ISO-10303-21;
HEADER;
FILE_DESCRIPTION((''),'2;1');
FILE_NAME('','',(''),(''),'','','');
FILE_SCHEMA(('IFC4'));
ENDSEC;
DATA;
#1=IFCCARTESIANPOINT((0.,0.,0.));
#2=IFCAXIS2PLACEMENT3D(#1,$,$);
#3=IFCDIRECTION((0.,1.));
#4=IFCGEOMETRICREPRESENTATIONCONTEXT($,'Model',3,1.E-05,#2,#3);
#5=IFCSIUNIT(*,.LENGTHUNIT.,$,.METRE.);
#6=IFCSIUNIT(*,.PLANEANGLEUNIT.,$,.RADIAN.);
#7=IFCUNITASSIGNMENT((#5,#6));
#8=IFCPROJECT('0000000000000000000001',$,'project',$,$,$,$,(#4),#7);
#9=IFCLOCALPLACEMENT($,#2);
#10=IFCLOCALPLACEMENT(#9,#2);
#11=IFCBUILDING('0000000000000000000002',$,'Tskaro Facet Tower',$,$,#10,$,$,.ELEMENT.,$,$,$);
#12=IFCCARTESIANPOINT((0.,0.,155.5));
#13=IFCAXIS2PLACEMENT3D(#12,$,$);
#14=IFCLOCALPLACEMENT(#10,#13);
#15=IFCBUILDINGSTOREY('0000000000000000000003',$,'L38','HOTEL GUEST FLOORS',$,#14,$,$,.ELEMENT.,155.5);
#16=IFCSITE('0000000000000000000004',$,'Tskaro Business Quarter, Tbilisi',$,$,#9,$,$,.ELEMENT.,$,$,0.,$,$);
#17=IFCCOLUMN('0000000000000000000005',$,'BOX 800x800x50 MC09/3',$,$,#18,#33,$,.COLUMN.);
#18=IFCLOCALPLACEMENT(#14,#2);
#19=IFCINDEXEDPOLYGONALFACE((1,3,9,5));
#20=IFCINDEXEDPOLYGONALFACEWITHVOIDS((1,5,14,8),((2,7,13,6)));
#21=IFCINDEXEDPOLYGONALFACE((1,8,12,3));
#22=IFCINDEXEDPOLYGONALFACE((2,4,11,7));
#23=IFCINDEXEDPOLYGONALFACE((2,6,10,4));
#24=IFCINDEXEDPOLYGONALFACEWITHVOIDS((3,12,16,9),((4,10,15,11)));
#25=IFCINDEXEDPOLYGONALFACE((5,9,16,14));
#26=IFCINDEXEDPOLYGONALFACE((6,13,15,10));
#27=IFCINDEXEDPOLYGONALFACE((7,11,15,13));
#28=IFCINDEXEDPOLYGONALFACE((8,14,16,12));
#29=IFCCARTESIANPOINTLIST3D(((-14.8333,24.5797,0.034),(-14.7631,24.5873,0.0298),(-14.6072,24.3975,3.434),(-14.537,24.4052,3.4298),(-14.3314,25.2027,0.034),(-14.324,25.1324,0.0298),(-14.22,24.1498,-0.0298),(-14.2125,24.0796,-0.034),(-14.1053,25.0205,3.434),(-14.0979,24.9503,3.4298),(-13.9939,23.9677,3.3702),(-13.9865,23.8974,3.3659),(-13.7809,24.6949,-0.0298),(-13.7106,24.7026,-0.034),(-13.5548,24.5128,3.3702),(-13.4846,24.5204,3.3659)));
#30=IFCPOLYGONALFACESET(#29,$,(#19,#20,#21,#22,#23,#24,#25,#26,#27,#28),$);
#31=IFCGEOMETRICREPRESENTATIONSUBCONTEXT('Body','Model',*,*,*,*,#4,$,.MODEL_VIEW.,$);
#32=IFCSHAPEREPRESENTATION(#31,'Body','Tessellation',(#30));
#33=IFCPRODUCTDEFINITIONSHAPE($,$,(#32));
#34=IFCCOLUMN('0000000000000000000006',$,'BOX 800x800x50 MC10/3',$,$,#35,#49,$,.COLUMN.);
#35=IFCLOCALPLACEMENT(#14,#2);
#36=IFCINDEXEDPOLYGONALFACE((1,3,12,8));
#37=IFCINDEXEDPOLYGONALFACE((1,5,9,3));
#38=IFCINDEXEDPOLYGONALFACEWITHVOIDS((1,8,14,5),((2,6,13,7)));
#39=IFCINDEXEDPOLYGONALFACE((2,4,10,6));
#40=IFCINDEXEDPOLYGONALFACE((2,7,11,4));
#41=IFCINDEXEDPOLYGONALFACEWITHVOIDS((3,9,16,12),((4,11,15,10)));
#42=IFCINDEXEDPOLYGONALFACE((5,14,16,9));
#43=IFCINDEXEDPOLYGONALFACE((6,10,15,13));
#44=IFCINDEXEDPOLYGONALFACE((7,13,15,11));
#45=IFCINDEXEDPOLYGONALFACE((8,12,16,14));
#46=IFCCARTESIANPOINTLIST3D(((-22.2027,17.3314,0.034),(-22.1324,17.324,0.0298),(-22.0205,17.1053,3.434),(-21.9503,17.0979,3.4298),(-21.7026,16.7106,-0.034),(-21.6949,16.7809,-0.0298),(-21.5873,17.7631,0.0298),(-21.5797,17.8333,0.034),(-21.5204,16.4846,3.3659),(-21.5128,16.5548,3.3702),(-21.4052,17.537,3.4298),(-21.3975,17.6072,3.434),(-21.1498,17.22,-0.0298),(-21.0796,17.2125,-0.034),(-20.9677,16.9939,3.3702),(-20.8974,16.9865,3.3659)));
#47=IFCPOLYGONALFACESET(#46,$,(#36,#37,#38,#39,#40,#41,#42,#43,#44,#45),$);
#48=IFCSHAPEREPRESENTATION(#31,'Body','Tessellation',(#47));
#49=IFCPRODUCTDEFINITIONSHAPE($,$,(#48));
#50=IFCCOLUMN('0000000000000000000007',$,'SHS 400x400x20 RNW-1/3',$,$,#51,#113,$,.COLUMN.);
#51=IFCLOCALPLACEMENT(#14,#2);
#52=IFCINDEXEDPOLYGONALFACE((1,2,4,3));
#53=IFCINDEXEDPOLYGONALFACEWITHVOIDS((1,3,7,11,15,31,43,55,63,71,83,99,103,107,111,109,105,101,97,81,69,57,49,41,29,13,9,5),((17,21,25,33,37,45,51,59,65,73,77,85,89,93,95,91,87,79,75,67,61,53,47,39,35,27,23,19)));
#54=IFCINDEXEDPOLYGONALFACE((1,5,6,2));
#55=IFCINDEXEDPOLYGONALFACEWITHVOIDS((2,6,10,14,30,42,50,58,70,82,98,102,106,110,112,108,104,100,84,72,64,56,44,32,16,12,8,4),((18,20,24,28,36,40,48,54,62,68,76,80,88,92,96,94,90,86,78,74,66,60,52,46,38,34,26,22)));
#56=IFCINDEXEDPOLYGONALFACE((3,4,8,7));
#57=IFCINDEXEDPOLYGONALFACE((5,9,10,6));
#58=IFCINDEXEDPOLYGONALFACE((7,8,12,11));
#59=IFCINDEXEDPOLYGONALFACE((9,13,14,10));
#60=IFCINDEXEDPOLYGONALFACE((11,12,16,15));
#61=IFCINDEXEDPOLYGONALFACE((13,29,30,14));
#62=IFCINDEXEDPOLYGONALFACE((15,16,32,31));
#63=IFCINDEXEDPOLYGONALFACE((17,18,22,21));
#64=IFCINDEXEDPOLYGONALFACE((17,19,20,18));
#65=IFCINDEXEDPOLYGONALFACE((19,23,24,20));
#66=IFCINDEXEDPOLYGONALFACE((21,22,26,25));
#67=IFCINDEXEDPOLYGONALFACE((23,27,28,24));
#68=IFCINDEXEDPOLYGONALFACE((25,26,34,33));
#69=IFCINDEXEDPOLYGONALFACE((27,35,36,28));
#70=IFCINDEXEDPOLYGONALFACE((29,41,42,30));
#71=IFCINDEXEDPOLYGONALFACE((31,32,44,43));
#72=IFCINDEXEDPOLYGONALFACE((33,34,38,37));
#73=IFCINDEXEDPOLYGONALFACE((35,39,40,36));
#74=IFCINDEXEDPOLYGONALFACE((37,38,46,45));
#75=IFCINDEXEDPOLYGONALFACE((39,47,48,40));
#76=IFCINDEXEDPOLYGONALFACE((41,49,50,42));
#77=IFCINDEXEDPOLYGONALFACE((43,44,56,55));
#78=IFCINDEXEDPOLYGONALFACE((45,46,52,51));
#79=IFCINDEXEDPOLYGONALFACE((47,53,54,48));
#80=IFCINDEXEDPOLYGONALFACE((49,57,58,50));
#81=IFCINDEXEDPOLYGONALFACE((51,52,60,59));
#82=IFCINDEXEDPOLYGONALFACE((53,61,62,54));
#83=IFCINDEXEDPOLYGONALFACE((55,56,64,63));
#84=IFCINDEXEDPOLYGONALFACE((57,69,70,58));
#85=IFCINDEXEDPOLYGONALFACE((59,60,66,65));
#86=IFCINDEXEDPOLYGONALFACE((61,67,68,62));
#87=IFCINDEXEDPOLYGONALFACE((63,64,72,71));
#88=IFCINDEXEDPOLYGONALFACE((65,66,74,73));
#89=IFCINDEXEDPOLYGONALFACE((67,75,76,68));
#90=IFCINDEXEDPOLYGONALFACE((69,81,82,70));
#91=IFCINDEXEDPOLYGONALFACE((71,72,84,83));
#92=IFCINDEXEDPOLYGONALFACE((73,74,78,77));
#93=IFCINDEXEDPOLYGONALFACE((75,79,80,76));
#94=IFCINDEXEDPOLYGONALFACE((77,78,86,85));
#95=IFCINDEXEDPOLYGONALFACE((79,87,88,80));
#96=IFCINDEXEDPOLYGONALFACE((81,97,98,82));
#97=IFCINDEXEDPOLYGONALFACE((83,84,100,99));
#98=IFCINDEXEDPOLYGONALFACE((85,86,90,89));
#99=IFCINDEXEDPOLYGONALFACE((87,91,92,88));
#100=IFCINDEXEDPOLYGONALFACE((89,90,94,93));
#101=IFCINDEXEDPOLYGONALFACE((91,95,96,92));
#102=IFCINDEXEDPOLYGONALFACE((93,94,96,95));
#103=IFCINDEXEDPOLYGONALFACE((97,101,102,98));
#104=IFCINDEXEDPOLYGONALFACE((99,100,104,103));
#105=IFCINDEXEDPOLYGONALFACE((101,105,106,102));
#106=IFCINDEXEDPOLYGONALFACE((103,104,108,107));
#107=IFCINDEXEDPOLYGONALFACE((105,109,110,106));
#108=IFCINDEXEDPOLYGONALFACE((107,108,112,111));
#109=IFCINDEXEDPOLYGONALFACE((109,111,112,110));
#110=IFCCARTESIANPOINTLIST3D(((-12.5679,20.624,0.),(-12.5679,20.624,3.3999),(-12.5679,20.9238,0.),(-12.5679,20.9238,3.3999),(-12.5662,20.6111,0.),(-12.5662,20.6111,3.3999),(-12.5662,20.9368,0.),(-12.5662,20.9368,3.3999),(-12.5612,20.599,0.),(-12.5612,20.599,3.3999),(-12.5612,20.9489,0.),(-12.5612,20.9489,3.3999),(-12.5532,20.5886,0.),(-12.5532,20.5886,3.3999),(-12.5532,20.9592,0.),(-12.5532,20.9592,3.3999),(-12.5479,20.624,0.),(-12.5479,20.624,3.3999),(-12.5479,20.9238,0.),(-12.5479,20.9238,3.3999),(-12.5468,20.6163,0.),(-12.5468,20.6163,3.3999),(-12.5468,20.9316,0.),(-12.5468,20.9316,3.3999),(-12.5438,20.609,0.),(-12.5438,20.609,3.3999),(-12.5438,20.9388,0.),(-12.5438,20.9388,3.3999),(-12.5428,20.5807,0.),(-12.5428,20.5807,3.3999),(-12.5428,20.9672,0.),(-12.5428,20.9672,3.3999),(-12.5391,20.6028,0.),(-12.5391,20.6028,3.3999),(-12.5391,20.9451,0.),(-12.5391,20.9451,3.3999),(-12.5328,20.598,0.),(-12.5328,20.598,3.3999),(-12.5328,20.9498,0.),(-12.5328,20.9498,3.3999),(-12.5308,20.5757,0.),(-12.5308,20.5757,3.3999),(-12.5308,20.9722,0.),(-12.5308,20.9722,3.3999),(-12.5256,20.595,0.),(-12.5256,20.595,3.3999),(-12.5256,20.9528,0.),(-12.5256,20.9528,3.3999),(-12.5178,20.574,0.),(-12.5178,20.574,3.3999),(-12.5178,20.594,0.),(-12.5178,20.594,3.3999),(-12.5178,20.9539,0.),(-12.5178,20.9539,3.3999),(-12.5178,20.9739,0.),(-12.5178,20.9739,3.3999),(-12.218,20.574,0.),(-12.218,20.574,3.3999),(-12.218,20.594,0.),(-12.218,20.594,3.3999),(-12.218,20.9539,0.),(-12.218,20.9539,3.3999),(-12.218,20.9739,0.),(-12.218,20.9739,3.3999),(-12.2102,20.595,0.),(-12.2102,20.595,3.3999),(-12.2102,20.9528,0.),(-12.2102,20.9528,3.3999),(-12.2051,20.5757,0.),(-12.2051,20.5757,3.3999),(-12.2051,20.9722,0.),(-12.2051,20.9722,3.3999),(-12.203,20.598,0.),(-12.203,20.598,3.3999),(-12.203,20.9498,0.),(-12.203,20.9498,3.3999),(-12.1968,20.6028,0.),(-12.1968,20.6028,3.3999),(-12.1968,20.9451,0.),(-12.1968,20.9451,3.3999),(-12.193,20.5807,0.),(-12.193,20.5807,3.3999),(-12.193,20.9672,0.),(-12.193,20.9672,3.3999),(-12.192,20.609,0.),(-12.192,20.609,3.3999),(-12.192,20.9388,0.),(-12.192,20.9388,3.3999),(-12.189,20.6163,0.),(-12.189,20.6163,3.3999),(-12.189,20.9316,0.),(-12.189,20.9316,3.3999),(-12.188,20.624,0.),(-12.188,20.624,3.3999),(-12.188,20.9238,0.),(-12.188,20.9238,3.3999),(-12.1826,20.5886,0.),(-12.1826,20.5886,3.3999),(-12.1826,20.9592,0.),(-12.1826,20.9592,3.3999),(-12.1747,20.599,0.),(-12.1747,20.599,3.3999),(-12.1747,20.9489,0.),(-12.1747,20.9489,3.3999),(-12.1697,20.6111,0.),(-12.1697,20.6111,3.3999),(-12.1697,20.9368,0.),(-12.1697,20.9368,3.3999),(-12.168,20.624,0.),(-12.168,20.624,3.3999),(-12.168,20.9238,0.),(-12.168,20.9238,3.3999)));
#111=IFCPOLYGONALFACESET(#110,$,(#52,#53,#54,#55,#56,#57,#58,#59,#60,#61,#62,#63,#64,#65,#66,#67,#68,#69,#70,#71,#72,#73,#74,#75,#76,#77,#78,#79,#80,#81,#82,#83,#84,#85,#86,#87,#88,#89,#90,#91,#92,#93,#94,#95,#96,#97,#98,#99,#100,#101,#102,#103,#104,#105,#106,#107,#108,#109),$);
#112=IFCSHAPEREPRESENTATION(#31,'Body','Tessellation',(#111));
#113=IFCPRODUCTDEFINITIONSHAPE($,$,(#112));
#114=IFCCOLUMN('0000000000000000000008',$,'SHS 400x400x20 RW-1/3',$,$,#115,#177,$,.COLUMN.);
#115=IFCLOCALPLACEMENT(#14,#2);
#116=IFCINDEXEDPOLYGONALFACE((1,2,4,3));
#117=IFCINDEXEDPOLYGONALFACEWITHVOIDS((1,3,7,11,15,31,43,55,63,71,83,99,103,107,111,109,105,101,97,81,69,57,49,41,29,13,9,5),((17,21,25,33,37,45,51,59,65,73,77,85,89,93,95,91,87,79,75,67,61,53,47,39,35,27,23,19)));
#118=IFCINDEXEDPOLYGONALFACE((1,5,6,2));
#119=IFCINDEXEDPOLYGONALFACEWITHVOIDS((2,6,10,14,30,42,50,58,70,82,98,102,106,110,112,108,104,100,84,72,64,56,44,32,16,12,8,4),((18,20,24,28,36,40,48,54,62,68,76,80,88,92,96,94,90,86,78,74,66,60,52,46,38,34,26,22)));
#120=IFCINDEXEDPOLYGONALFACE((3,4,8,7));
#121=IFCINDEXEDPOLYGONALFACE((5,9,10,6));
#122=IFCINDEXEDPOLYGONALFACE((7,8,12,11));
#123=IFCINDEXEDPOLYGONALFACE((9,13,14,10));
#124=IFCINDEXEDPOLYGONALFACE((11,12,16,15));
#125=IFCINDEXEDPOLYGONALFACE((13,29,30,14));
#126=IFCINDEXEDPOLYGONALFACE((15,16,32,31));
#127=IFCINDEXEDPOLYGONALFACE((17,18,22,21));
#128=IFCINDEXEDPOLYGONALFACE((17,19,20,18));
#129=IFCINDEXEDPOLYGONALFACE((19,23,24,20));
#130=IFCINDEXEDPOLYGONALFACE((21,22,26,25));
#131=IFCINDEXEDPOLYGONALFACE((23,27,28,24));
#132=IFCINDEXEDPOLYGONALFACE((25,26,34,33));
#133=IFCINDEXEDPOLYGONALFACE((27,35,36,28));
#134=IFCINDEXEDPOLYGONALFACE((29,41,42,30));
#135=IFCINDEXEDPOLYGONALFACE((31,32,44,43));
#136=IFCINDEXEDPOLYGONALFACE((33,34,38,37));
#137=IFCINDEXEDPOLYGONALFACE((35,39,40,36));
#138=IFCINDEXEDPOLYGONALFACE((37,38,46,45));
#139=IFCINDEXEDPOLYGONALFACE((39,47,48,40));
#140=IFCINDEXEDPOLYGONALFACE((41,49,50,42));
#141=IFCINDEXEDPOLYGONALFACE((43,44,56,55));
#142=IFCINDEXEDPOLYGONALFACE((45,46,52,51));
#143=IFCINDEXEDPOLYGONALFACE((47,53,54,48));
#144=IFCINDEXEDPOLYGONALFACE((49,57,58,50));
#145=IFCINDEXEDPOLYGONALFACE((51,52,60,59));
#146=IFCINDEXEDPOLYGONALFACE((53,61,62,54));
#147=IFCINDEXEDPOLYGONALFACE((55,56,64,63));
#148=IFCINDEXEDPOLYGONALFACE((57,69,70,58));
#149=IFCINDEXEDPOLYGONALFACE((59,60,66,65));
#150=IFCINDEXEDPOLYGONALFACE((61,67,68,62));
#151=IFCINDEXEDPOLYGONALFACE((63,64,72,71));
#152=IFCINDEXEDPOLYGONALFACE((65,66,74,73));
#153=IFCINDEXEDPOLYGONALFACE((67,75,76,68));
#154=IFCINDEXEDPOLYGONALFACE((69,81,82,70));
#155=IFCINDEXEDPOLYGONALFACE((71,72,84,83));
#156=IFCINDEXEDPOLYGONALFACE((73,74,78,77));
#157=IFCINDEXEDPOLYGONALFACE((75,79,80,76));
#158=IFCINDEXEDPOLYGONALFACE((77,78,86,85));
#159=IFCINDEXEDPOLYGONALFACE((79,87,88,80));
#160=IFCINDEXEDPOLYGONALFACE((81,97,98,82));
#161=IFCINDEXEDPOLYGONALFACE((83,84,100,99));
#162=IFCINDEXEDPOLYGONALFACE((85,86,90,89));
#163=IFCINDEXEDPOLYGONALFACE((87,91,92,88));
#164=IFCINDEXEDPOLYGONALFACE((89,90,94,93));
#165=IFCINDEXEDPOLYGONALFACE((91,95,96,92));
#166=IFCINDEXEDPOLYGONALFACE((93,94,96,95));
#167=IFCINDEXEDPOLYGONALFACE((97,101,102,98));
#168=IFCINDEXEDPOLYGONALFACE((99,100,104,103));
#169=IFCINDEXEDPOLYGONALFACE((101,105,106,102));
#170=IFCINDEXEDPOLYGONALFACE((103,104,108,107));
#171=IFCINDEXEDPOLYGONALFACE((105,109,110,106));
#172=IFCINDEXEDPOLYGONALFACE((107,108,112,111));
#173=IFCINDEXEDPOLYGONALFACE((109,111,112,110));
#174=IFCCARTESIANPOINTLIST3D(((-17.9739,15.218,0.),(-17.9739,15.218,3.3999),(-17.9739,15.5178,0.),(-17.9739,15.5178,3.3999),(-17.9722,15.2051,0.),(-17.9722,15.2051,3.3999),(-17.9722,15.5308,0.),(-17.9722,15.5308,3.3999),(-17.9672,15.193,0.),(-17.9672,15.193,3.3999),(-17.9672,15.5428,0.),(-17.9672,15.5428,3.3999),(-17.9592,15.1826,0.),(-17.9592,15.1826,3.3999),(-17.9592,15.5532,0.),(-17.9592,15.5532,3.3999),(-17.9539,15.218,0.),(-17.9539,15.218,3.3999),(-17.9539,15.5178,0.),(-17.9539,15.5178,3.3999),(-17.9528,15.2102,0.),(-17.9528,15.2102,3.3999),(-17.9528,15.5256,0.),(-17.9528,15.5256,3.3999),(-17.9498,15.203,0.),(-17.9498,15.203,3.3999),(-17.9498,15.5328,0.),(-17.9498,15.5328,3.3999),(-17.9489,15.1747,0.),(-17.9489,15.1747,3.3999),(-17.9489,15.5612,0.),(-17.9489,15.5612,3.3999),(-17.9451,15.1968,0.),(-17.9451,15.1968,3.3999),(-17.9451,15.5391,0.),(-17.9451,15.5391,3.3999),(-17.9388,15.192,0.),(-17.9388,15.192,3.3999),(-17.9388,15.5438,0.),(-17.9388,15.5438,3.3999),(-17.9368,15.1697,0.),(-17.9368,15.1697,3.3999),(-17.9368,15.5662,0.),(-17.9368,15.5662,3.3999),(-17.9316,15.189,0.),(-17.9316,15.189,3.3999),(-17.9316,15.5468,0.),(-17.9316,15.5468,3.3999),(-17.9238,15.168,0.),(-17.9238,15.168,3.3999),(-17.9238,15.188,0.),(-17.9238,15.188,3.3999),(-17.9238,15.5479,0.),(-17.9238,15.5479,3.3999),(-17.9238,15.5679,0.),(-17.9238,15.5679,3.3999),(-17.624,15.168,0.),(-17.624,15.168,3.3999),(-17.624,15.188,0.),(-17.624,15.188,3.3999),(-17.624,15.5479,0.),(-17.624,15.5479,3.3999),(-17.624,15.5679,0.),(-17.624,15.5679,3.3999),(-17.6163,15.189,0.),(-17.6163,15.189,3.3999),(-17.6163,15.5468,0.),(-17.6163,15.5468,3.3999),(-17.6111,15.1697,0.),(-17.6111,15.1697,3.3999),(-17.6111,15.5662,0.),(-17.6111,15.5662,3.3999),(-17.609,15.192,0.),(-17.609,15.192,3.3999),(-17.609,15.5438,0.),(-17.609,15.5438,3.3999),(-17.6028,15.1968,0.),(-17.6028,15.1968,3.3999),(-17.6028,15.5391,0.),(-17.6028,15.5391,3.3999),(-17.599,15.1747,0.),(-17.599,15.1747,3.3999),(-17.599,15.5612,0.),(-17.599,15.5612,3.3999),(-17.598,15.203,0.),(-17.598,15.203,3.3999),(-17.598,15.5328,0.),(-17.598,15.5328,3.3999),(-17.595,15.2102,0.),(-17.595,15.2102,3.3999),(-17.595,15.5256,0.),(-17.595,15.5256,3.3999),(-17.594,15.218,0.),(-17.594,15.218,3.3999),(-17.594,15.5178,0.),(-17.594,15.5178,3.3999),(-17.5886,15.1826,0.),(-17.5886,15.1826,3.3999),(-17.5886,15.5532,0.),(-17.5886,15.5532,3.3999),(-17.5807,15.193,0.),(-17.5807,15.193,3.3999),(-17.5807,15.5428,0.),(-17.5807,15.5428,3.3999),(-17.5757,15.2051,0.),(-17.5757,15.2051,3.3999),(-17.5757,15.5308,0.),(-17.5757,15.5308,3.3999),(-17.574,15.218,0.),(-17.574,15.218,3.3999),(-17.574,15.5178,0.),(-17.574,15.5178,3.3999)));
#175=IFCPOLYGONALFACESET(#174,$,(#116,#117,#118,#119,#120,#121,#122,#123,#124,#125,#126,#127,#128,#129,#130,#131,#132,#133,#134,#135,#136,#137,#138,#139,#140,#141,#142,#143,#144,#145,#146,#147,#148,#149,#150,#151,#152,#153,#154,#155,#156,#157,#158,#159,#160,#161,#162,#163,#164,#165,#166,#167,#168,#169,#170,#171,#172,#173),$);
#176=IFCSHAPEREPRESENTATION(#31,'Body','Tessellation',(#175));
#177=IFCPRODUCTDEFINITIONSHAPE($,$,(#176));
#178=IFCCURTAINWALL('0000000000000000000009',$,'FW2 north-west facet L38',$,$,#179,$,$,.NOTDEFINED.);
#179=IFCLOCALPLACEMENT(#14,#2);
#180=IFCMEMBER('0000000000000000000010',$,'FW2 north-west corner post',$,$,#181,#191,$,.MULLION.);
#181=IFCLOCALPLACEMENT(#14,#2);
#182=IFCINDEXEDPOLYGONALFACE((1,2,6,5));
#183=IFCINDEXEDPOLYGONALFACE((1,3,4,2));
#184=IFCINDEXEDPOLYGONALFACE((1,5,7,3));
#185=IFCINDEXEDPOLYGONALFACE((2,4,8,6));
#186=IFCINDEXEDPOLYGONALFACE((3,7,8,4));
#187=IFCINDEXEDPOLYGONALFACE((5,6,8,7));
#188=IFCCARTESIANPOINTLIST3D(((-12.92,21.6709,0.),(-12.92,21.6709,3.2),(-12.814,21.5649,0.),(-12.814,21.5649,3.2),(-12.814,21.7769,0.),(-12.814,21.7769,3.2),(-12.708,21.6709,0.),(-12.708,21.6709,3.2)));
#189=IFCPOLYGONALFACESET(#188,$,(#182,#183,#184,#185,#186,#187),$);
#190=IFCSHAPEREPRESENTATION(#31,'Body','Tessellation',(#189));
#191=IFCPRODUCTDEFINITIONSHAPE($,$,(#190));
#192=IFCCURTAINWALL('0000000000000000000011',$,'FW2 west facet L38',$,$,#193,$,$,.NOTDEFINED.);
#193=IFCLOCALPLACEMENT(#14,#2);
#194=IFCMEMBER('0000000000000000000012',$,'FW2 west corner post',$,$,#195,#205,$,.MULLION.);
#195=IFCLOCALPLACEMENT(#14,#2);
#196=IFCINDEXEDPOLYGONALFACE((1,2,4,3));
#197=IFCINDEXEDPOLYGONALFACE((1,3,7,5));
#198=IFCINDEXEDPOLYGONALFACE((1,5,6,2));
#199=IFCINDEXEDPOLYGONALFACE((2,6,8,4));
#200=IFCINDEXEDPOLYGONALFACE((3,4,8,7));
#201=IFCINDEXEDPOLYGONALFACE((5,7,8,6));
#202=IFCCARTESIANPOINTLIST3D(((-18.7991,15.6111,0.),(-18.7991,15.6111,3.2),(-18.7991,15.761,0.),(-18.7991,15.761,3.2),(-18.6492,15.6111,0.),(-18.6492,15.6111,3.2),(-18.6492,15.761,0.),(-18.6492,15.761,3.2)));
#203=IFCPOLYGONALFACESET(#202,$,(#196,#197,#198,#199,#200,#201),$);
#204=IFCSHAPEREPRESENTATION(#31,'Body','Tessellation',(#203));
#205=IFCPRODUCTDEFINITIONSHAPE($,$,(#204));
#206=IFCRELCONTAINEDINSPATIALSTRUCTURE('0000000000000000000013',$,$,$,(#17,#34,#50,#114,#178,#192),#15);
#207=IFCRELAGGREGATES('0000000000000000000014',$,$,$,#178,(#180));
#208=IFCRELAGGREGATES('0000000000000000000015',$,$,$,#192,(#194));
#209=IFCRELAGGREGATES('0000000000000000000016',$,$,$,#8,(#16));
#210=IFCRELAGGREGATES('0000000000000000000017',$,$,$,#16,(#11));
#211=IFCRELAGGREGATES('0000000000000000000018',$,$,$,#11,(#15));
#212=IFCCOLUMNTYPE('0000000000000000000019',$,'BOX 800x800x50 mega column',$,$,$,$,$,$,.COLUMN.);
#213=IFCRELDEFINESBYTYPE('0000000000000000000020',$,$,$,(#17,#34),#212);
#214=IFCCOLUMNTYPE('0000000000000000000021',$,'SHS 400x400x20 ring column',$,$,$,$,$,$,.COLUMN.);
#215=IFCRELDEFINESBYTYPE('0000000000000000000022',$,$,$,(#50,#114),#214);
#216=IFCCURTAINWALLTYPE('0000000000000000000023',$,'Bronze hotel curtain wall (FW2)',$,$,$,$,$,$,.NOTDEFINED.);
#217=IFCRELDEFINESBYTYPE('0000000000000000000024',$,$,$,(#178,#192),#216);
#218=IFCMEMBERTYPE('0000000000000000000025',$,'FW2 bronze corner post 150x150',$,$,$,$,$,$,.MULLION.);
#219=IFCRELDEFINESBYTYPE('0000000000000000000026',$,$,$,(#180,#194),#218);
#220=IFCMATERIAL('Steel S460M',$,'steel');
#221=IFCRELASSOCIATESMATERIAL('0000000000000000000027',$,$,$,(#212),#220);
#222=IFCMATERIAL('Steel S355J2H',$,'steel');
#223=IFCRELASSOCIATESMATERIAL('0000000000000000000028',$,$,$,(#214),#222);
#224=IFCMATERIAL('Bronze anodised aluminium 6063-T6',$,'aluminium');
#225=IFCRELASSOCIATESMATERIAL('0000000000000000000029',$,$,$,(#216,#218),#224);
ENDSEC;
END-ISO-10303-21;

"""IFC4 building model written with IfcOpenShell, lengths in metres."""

from ifc_helpers import new_model, si_unit, direction, frame, origin, origin_2d, place, context, subcontext, project, spatial, rectangle, hollow_rectangle, extrude, material, material_profile, profile_set, type_object, element, aggregate, save


model = new_model("IFC4")

# Units and contexts
model_context = context("Model", 3, precision=1e-05, world=origin(), true_north=direction((0.0, 1.0)))
body_context = subcontext(model_context, "Body", "Model", "MODEL_VIEW")
ifc_project = project(units=[si_unit("LENGTHUNIT", "METRE"), si_unit("PLANEANGLEUNIT", "RADIAN")], contexts=[model_context])

# Site, building, storey
site_placement = place(None, origin())
site = spatial("IfcSite", under=ifc_project, at=site_placement, Name="Tskaro Business Quarter, Tbilisi", CompositionType="ELEMENT", RefElevation=0.0)
building_placement = place(site_placement, origin())
building = spatial("IfcBuilding", under=site, at=building_placement, Name="Tskaro Facet Tower", CompositionType="ELEMENT")
storey_placement = place(building_placement, frame((0.0, 0.0, 155.5)))
storey = spatial("IfcBuildingStorey", under=building, at=storey_placement, Name="L38", Description="HOTEL GUEST FLOORS", CompositionType="ELEMENT", Elevation=155.5)

# Columns
ifc_material_1 = material(Name="Steel S460M", Category="steel")
ifc_material_profile_1 = material_profile(ifc_material_1, hollow_rectangle(XDim=0.8, YDim=0.8, WallThickness=0.05, at=origin_2d()), Name="BOX 800x800x50")
ifc_profile_set_1 = profile_set([ifc_material_profile_1], Name="Steel S460M")
column_type_1 = type_object("IfcColumnType", Name="BOX 800x800x50 mega column", PredefinedType="COLUMN", material=ifc_profile_set_1)
for number, where, z_axis, x_axis, name in (
    (1, (-14.272, 24.6411, 0.0), (0.066253, -0.053375, 0.996374), (0.627358, 0.778731, 0.0), "BOX 800x800x50 MC09/3"),
    (2, (-21.6411, 17.272, 0.0), (0.053375, -0.066253, 0.996374), (0.778731, 0.627358, 0.0), "BOX 800x800x50 MC10/3"),
):
    element("IfcColumn", number, at=place(storey_placement, frame(where, z_axis=z_axis, x_axis=x_axis)), inside=storey, type_object=column_type_1, Name=name, PredefinedType="COLUMN", context=body_context, shape_type="SweptSolid", body=[
        extrude(hollow_rectangle(XDim=0.8, YDim=0.8, WallThickness=0.05, at=origin_2d()), origin(), (0.0, 0.0, 1.0), 3.4124),
    ])
ifc_material_2 = material(Name="Steel S355J2H", Category="steel")
ifc_material_profile_2 = material_profile(ifc_material_2, hollow_rectangle(XDim=0.3999, YDim=0.3999, WallThickness=0.02, InnerFilletRadius=0.03, OuterFilletRadius=0.05, at=origin_2d()), Name="SHS 400x400x20")
ifc_profile_set_2 = profile_set([ifc_material_profile_2], Name="Steel S355J2H")
column_type_2 = type_object("IfcColumnType", Name="SHS 400x400x20 ring column", PredefinedType="COLUMN", material=ifc_profile_set_2)
for number, where, z_axis, x_axis, name in (
    (3, (-12.3679, 20.7739, 0.0), (0.0, 0.0, 1.0), (1.0, 0.0, 0.0), "SHS 400x400x20 RNW-1/3"),
    (4, (-17.7739, 15.3679, 0.0), (0.0, 0.0, 1.0), (1.0, 0.0, 0.0), "SHS 400x400x20 RW-1/3"),
):
    element("IfcColumn", number, at=place(storey_placement, frame(where, z_axis=z_axis, x_axis=x_axis)), inside=storey, type_object=column_type_2, Name=name, PredefinedType="COLUMN", context=body_context, shape_type="SweptSolid", body=[
        extrude(hollow_rectangle(XDim=0.3999, YDim=0.3999, WallThickness=0.02, InnerFilletRadius=0.03, OuterFilletRadius=0.05, at=origin_2d()), origin(), (0.0, 0.0, 1.0), 3.3999),
    ])

# Curtain walls, members
ifc_material_3 = material(Name="Bronze anodised aluminium 6063-T6", Category="aluminium")
curtain_wall_type = type_object("IfcCurtainWallType", Name="Bronze hotel curtain wall (FW2)", PredefinedType="NOTDEFINED", material=ifc_material_3)
curtain_wall_1_placement = place(storey_placement, origin())
curtain_wall_1 = element("IfcCurtainWall", 5, at=curtain_wall_1_placement, inside=storey, type_object=curtain_wall_type, Name="FW2 north-west facet L38", PredefinedType="NOTDEFINED")
ifc_material_profile_3 = material_profile(ifc_material_3, rectangle(XDim=0.1499, YDim=0.1499, at=origin_2d()), Name="Corner post 150x150")
ifc_profile_set_3 = profile_set([ifc_material_profile_3], Name="Bronze anodised aluminium 6063-T6")
member_type_1 = type_object("IfcMemberType", Name="FW2 bronze corner post 150x150", PredefinedType="MULLION", material=ifc_profile_set_3)
member_1_placement = place(storey_placement, frame((-12.814, 21.6709, 0.0), z_axis=(0.0, 0.0, 1.0), x_axis=(-0.707107, -0.707107, 0.0)))
member_1 = element("IfcMember", 6, at=member_1_placement, type_object=member_type_1, Name="FW2 north-west corner post", PredefinedType="MULLION", context=body_context, shape_type="SweptSolid", body=[
    extrude(rectangle(XDim=0.1499, YDim=0.1499, at=origin_2d()), origin(), (0.0, 0.0, 1.0), 3.2),
])
curtain_wall_2_placement = place(storey_placement, origin())
curtain_wall_2 = element("IfcCurtainWall", 7, at=curtain_wall_2_placement, inside=storey, type_object=curtain_wall_type, Name="FW2 west facet L38", PredefinedType="NOTDEFINED")
member_2_placement = place(storey_placement, frame((-18.7241, 15.686, 0.0), z_axis=(0.0, 0.0, 1.0), x_axis=(0.0, -1.0, 0.0)))
member_2 = element("IfcMember", 8, at=member_2_placement, type_object=member_type_1, Name="FW2 west corner post", PredefinedType="MULLION", context=body_context, shape_type="SweptSolid", body=[
    extrude(rectangle(XDim=0.1499, YDim=0.1499, at=origin_2d()), origin(), (0.0, 0.0, 1.0), 3.2),
])

aggregate(curtain_wall_1, [member_1])
aggregate(curtain_wall_2, [member_2])

save(model, "model.ifc")
